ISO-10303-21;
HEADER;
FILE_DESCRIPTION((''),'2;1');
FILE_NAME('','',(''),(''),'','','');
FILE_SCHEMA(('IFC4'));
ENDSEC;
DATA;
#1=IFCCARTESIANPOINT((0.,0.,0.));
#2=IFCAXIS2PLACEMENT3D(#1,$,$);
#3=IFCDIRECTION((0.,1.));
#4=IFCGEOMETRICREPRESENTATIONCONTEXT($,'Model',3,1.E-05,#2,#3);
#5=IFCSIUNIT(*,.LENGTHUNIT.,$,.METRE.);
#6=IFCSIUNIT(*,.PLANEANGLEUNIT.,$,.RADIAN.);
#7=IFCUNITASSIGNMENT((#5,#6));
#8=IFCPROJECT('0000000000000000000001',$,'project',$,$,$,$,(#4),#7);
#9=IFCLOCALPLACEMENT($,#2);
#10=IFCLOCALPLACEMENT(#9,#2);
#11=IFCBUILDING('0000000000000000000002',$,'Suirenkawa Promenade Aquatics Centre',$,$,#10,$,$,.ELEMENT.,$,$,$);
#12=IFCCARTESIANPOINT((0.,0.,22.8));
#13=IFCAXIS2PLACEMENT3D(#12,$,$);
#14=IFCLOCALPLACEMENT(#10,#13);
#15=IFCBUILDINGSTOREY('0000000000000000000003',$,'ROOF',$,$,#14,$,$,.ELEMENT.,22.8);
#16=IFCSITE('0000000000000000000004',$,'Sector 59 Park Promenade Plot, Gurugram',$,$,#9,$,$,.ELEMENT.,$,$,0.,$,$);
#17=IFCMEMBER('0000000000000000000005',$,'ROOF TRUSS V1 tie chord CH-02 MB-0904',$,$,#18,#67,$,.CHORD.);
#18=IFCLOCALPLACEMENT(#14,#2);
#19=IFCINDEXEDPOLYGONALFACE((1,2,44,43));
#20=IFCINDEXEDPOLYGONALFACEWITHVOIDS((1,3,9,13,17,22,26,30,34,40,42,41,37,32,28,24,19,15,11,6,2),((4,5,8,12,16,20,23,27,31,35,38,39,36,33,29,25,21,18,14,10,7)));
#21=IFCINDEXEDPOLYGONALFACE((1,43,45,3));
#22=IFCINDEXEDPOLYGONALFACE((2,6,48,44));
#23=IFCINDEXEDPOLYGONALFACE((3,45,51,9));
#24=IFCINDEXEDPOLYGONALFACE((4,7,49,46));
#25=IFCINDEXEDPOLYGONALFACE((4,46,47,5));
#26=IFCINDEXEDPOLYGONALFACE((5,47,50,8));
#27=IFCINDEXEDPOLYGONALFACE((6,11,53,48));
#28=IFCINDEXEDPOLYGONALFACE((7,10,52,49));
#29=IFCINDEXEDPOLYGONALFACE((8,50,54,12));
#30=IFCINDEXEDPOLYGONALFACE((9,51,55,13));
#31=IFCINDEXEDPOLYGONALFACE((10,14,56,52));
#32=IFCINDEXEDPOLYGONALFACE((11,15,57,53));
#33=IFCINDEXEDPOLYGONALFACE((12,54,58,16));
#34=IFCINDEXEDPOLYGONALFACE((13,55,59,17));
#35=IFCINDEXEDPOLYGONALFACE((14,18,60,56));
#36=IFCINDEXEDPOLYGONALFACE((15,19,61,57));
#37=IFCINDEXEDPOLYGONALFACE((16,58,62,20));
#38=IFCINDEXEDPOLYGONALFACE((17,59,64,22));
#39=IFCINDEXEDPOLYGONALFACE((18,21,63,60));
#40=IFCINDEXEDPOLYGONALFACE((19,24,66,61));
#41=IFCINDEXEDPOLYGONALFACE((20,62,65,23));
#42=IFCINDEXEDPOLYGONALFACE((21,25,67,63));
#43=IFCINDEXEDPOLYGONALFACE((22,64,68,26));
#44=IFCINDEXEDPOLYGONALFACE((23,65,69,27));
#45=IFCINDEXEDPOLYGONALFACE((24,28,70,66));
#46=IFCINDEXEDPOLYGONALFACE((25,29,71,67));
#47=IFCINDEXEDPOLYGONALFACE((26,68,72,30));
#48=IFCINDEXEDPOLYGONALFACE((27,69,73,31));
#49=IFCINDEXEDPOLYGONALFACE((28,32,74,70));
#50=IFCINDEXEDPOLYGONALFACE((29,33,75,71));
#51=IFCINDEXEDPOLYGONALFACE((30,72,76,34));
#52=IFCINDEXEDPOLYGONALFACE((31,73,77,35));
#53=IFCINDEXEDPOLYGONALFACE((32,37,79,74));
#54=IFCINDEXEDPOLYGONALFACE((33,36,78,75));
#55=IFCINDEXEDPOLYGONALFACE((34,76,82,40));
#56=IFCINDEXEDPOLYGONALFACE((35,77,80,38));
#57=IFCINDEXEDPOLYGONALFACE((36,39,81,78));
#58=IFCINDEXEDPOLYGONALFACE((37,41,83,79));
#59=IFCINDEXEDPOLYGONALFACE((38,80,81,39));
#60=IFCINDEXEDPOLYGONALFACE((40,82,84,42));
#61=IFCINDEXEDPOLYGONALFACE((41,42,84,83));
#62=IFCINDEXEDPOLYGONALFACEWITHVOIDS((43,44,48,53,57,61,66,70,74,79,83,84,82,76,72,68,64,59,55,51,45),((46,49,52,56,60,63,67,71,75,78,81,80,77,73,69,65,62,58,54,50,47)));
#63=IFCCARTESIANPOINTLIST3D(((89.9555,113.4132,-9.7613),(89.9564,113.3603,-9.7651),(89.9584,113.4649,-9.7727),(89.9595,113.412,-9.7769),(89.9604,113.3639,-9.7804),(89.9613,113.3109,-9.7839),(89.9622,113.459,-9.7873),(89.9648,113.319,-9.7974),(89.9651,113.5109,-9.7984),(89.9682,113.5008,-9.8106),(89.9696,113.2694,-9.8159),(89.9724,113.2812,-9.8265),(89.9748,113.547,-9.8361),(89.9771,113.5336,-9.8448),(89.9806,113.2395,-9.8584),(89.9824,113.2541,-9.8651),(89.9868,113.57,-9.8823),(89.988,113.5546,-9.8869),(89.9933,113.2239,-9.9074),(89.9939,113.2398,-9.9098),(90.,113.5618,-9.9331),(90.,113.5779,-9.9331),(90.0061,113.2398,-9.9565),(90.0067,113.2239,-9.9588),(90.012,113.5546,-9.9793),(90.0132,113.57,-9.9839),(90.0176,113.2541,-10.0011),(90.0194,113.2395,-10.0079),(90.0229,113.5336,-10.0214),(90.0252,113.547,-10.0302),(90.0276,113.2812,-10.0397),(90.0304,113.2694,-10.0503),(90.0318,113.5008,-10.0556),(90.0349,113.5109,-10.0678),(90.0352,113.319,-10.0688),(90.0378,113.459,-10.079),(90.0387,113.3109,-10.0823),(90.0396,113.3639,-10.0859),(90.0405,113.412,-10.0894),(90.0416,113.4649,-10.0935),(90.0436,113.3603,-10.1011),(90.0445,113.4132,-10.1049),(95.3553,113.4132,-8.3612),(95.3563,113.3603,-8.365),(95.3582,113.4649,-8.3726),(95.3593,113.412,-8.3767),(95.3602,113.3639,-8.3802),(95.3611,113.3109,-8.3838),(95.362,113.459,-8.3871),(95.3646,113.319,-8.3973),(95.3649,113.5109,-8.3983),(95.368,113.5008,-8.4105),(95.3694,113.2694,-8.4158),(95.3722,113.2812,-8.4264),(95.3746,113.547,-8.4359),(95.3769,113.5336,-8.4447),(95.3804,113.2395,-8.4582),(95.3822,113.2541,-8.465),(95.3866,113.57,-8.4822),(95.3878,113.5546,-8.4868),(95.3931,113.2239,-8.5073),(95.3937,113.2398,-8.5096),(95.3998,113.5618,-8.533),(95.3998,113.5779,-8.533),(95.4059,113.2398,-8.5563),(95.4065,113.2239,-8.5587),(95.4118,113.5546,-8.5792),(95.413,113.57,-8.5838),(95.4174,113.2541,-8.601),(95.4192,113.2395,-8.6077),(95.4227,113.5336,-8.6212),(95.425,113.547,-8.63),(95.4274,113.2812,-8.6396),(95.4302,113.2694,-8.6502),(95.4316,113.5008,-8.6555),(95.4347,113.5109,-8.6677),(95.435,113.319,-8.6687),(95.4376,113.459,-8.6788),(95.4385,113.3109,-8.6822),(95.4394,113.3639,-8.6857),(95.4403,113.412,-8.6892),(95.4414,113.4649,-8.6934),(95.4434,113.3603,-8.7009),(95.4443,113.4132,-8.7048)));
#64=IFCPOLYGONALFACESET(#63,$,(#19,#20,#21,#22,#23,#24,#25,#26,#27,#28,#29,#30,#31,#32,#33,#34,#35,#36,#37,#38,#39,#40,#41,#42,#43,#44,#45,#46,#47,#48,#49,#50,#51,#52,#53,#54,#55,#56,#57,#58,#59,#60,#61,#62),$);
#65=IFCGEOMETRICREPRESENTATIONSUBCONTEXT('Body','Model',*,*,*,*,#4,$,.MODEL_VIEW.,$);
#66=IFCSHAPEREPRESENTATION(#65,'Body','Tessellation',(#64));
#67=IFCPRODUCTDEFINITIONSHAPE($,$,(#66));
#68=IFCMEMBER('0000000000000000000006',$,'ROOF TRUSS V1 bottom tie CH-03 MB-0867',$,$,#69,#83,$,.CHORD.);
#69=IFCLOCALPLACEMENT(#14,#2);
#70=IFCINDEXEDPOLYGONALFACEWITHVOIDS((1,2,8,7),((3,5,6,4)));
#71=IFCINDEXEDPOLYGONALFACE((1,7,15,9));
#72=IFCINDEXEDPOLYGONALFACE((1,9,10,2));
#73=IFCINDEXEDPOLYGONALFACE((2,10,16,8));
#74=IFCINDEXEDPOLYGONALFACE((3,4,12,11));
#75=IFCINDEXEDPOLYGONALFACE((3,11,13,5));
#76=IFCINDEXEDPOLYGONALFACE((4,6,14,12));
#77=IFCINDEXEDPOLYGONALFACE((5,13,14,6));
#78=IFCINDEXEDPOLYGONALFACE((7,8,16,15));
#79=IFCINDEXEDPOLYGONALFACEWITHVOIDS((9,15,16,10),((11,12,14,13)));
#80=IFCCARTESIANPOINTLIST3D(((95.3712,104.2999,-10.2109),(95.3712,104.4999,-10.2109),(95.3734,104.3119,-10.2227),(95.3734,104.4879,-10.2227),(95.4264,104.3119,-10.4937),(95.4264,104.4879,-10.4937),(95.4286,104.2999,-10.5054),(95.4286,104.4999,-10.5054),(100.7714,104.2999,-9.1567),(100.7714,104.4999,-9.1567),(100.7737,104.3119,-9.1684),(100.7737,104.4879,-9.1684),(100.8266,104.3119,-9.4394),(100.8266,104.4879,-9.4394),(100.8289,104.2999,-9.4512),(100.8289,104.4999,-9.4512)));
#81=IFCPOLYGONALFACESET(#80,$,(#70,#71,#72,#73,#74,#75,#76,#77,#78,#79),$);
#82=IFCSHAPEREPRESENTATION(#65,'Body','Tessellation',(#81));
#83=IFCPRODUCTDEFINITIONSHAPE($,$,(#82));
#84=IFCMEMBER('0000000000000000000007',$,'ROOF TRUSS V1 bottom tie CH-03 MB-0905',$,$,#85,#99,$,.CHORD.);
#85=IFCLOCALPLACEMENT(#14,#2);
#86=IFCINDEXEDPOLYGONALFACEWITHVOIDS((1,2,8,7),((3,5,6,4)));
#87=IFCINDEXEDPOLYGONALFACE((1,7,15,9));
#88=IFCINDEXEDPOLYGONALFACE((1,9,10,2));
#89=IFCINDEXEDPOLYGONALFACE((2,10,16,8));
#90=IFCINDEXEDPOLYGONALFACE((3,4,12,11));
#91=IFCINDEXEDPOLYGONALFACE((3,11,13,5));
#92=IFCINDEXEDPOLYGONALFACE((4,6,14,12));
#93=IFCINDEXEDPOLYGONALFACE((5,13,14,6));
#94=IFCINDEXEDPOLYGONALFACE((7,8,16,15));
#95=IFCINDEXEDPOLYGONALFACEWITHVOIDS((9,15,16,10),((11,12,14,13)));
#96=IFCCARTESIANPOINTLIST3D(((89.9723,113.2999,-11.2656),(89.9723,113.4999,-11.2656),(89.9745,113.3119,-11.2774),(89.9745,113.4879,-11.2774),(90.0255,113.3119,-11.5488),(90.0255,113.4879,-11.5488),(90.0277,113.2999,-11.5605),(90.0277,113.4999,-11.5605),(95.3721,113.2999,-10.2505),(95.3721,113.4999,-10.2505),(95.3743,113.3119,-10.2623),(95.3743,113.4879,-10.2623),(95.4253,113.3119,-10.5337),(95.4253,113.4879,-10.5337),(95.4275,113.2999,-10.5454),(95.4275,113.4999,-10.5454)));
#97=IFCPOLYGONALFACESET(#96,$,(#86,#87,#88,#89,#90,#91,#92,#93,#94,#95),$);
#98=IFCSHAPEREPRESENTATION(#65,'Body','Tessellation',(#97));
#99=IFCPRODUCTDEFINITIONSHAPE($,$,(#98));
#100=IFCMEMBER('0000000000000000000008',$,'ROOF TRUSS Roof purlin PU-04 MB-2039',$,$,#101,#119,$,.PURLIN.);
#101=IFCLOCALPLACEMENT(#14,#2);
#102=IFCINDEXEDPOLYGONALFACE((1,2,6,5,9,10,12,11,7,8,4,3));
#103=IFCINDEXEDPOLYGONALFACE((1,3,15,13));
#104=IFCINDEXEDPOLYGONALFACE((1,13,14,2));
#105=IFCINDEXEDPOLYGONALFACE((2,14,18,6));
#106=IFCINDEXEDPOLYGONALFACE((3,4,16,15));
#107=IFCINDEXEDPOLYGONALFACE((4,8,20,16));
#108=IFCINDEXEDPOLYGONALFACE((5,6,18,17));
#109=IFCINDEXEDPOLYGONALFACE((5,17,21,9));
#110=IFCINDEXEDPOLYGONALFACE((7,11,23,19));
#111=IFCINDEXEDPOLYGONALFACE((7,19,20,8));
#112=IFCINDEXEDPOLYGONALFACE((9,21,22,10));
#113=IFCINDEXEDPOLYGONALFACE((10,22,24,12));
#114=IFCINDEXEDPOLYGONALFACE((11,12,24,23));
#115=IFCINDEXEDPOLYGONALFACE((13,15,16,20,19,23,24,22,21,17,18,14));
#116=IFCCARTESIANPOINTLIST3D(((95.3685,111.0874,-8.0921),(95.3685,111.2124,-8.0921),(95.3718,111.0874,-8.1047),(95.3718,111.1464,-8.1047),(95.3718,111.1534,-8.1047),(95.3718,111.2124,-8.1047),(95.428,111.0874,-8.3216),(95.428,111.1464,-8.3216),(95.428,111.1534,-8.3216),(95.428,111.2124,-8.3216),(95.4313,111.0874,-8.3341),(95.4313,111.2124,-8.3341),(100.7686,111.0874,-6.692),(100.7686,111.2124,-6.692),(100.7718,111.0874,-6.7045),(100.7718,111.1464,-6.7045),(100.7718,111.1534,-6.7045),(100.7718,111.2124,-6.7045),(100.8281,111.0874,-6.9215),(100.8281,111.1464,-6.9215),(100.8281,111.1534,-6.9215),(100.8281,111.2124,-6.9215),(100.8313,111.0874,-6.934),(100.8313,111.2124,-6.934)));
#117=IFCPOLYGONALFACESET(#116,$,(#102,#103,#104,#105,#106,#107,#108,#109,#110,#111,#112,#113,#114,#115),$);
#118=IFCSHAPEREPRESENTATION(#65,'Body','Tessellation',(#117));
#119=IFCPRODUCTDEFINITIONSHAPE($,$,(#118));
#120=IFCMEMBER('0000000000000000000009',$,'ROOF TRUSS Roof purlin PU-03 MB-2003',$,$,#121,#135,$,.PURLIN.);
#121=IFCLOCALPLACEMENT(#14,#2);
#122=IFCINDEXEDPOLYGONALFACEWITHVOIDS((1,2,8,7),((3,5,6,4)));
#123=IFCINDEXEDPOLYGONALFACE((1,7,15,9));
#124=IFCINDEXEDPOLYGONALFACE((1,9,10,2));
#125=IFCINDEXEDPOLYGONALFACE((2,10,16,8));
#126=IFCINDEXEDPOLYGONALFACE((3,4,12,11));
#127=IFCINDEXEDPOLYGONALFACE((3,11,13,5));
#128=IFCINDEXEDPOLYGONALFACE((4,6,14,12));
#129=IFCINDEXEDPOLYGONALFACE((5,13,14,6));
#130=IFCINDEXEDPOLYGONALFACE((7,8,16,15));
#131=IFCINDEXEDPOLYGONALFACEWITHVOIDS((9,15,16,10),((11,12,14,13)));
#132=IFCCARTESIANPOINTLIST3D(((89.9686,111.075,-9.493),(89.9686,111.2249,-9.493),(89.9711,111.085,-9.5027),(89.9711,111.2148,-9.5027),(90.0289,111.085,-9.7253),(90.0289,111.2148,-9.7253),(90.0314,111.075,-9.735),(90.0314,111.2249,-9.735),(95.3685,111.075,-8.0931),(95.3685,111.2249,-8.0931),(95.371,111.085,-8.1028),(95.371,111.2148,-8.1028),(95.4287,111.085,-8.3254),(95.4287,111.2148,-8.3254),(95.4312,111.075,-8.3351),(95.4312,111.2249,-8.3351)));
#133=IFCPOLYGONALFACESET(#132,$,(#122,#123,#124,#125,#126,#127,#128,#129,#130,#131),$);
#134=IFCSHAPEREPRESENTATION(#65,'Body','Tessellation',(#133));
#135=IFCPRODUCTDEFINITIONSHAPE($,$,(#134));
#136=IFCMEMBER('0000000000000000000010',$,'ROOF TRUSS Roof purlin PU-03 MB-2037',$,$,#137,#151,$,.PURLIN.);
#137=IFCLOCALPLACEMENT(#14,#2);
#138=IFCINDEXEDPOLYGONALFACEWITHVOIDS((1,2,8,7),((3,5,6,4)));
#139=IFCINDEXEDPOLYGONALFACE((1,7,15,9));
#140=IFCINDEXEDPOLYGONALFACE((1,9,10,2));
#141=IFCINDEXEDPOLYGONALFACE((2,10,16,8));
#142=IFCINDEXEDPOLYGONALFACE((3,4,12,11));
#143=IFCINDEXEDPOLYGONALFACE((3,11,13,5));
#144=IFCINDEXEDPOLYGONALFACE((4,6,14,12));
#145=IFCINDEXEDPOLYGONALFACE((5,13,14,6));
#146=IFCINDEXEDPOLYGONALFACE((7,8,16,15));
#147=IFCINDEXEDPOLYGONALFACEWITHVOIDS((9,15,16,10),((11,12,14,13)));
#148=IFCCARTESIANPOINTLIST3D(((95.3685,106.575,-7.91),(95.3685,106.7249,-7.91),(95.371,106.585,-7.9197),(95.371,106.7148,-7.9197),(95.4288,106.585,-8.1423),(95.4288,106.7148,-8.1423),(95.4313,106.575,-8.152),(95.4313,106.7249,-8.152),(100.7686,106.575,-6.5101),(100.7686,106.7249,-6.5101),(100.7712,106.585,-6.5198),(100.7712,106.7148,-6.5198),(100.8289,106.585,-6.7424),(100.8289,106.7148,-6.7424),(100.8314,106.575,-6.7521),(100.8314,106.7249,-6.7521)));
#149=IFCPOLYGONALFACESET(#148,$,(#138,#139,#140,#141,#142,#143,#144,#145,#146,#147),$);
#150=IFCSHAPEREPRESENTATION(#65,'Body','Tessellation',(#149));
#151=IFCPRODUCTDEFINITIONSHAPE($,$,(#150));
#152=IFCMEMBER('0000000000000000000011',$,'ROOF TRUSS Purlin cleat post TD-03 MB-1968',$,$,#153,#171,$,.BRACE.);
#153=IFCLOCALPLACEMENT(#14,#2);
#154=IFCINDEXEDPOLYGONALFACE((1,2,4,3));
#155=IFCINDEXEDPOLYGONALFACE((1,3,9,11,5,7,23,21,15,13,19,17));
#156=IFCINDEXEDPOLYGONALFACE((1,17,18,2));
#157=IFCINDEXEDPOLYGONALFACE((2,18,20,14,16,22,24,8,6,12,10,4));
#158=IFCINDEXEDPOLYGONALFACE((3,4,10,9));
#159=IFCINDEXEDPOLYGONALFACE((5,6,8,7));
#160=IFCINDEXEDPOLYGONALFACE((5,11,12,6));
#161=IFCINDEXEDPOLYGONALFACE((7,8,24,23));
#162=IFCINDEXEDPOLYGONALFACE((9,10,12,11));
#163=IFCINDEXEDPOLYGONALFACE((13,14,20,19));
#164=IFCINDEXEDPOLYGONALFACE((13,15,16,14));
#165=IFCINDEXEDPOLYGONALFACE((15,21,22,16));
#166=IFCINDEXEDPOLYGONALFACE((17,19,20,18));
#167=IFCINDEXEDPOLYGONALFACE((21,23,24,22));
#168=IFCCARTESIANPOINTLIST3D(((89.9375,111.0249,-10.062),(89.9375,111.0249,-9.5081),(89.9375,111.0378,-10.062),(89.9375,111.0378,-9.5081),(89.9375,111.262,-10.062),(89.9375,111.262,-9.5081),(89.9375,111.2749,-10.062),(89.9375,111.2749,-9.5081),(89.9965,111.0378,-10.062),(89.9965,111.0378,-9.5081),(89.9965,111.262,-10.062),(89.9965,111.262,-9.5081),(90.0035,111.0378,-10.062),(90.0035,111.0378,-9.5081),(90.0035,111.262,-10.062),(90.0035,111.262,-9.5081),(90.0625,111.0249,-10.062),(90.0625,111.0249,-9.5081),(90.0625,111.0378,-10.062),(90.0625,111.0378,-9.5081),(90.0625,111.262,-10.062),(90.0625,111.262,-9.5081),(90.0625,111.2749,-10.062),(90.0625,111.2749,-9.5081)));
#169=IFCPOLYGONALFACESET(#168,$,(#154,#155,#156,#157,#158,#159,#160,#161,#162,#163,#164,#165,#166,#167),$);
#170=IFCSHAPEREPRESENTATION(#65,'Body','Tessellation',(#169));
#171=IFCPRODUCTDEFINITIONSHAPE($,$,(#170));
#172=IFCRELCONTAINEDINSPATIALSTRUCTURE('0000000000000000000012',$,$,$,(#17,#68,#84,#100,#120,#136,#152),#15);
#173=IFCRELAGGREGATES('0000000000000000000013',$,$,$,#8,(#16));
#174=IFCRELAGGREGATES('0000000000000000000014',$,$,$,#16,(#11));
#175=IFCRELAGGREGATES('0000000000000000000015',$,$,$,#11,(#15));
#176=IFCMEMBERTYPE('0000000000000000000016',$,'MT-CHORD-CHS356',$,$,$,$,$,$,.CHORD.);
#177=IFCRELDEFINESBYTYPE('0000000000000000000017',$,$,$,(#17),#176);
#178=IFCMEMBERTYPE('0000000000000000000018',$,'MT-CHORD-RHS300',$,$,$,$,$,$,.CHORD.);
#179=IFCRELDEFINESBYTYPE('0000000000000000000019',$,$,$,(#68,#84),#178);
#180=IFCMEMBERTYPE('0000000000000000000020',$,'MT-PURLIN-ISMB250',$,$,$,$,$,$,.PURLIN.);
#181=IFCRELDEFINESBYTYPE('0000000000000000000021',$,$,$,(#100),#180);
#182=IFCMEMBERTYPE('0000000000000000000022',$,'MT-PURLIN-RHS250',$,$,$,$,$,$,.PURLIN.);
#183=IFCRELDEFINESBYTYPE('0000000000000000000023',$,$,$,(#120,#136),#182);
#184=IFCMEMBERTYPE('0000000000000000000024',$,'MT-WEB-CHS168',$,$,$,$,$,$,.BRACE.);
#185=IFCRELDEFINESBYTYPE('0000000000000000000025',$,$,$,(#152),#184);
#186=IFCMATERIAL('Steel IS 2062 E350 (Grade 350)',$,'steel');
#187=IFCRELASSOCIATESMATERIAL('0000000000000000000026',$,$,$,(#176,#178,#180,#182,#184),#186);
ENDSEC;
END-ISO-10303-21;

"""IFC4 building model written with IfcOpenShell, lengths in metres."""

from ifc_helpers import new_model, si_unit, direction, frame, origin, origin_2d, place, context, subcontext, project, spatial, hollow_rectangle, hollow_circle, i_section, extrude, material, material_profile, profile_set, type_object, element, save


model = new_model("IFC4")

# Units and contexts
model_context = context("Model", 3, precision=1e-05, world=origin(), true_north=direction((0.0, 1.0)))
body_context = subcontext(model_context, "Body", "Model", "MODEL_VIEW")
ifc_project = project(units=[si_unit("LENGTHUNIT", "METRE"), si_unit("PLANEANGLEUNIT", "RADIAN")], contexts=[model_context])

# Site, building, storey
site_placement = place(None, origin())
site = spatial("IfcSite", under=ifc_project, at=site_placement, Name="Sector 59 Park Promenade Plot, Gurugram", CompositionType="ELEMENT", RefElevation=0.0)
building_placement = place(site_placement, origin())
building = spatial("IfcBuilding", under=site, at=building_placement, Name="Suirenkawa Promenade Aquatics Centre", CompositionType="ELEMENT")
storey_placement = place(building_placement, frame((0.0, 0.0, 22.8)))
storey = spatial("IfcBuildingStorey", under=building, at=storey_placement, Name="ROOF", CompositionType="ELEMENT", Elevation=22.8)

# Shared definitions
ifc_material = material(Name="Steel IS 2062 E350 (Grade 350)", Category="steel")

# Members
ifc_material_profile_1 = material_profile(ifc_material, hollow_circle(Radius=0.178, WallThickness=0.0161, at=origin_2d()), Name="CHS 356x16", Category="steel")
ifc_profile_set_1 = profile_set([ifc_material_profile_1], Name="Steel IS 2062 E350 (Grade 350)")
member_type_1 = type_object("IfcMemberType", Name="MT-CHORD-CHS356", PredefinedType="CHORD", material=ifc_profile_set_1)
member_1_placement = place(storey_placement, frame((90.0, 113.3999, -9.9331), z_axis=(0.967989, 0.0, 0.250991), x_axis=(0.0, 1.0, 0.0)))
element("IfcMember", 1, at=member_1_placement, inside=storey, type_object=member_type_1, Name="ROOF TRUSS V1 tie chord CH-02 MB-0904", PredefinedType="CHORD", context=body_context, shape_type="SweptSolid", body=[
    extrude(hollow_circle(Radius=0.178, WallThickness=0.0161, at=origin_2d()), origin(), (0.0, 0.0, 1.0), 5.5784),
])
ifc_material_profile_2 = material_profile(ifc_material, hollow_rectangle(XDim=0.2, YDim=0.3, WallThickness=0.012, at=origin_2d()), Name="RHS 300x200x12", Category="steel")
ifc_profile_set_2 = profile_set([ifc_material_profile_2], Name="Steel IS 2062 E350 (Grade 350)")
member_type_2 = type_object("IfcMemberType", Name="MT-CHORD-RHS300", PredefinedType="CHORD", material=ifc_profile_set_2)
member_2_placement = place(storey_placement, frame((95.3999, 104.3999, -10.3582), z_axis=(0.981473, 0.0, 0.1916), x_axis=(0.0, 1.0, 0.0)))
element("IfcMember", 2, at=member_2_placement, inside=storey, type_object=member_type_2, Name="ROOF TRUSS V1 bottom tie CH-03 MB-0867", PredefinedType="CHORD", context=body_context, shape_type="SweptSolid", body=[
    extrude(hollow_rectangle(XDim=0.2, YDim=0.3, WallThickness=0.012, at=origin_2d()), origin(), (0.0, 0.0, 1.0), 5.5022),
])
member_3_placement = place(storey_placement, frame((90.0, 113.3999, -11.4131), z_axis=(0.982785, 0.0, 0.184755), x_axis=(0.0, 1.0, 0.0)))
element("IfcMember", 3, at=member_3_placement, inside=storey, type_object=member_type_2, Name="ROOF TRUSS V1 bottom tie CH-03 MB-0905", PredefinedType="CHORD", context=body_context, shape_type="SweptSolid", body=[
    extrude(hollow_rectangle(XDim=0.2, YDim=0.3, WallThickness=0.012, at=origin_2d()), origin(), (0.0, 0.0, 1.0), 5.4944),
])
ifc_material_profile_3 = material_profile(ifc_material, i_section(OverallWidth=0.125, OverallDepth=0.25, WebThickness=0.0071, FlangeThickness=0.0129, at=origin_2d()), Name="ISMB 250", Category="steel")
ifc_profile_set_3 = profile_set([ifc_material_profile_3], Name="Steel IS 2062 E350 (Grade 350)")
member_type_3 = type_object("IfcMemberType", Name="MT-PURLIN-ISMB250", PredefinedType="PURLIN", material=ifc_profile_set_3)
member_4_placement = place(storey_placement, frame((95.3999, 111.1499, -8.2131), z_axis=(0.967992, 0.0, 0.25098), x_axis=(0.0, 1.0, 0.0)))
element("IfcMember", 4, at=member_4_placement, inside=storey, type_object=member_type_3, Name="ROOF TRUSS Roof purlin PU-04 MB-2039", PredefinedType="PURLIN", context=body_context, shape_type="SweptSolid", body=[
    extrude(i_section(OverallWidth=0.125, OverallDepth=0.25, WebThickness=0.0071, FlangeThickness=0.0129, at=origin_2d()), origin(), (0.0, 0.0, 1.0), 5.5786),
])
ifc_material_profile_4 = material_profile(ifc_material, hollow_rectangle(XDim=0.1499, YDim=0.25, WallThickness=0.01, at=origin_2d()), Name="RHS 250x150x10", Category="steel")
ifc_profile_set_4 = profile_set([ifc_material_profile_4], Name="Steel IS 2062 E350 (Grade 350)")
member_type_4 = type_object("IfcMemberType", Name="MT-PURLIN-RHS250", PredefinedType="PURLIN", material=ifc_profile_set_4)
member_5_placement = place(storey_placement, frame((90.0, 111.1499, -9.614), z_axis=(0.968, 0.0, 0.25095), x_axis=(0.0, 1.0, 0.0)))
element("IfcMember", 5, at=member_5_placement, inside=storey, type_object=member_type_4, Name="ROOF TRUSS Roof purlin PU-03 MB-2003", PredefinedType="PURLIN", context=body_context, shape_type="SweptSolid", body=[
    extrude(hollow_rectangle(XDim=0.1499, YDim=0.25, WallThickness=0.01, at=origin_2d()), origin(), (0.0, 0.0, 1.0), 5.5784),
])
member_6_placement = place(storey_placement, frame((95.3999, 106.6499, -8.031), z_axis=(0.968003, 0.0, 0.250939), x_axis=(0.0, 1.0, 0.0)))
element("IfcMember", 6, at=member_6_placement, inside=storey, type_object=member_type_4, Name="ROOF TRUSS Roof purlin PU-03 MB-2037", PredefinedType="PURLIN", context=body_context, shape_type="SweptSolid", body=[
    extrude(hollow_rectangle(XDim=0.1499, YDim=0.25, WallThickness=0.01, at=origin_2d()), origin(), (0.0, 0.0, 1.0), 5.5786),
])
ifc_material_profile_5 = material_profile(ifc_material, i_section(OverallWidth=0.125, OverallDepth=0.25, WebThickness=0.0071, FlangeThickness=0.0129, at=origin_2d()), Name="ISMB 250", Category="steel")
ifc_profile_set_5 = profile_set([ifc_material_profile_5], Name="Steel IS 2062 E350 (Grade 350)")
member_type_5 = type_object("IfcMemberType", Name="MT-WEB-CHS168", PredefinedType="BRACE", material=ifc_profile_set_5)
member_7_placement = place(storey_placement, frame((90.0, 111.1499, -10.062), z_axis=(0.0, 0.0, 1.0), x_axis=(1.0, 0.0, 0.0)))
element("IfcMember", 7, at=member_7_placement, inside=storey, type_object=member_type_5, Name="ROOF TRUSS Purlin cleat post TD-03 MB-1968", PredefinedType="BRACE", context=body_context, shape_type="SweptSolid", body=[
    extrude(i_section(OverallWidth=0.125, OverallDepth=0.25, WebThickness=0.0071, FlangeThickness=0.0129, at=origin_2d()), origin(), (0.0, 0.0, 1.0), 0.554),
])

save(model, "model.ifc")
